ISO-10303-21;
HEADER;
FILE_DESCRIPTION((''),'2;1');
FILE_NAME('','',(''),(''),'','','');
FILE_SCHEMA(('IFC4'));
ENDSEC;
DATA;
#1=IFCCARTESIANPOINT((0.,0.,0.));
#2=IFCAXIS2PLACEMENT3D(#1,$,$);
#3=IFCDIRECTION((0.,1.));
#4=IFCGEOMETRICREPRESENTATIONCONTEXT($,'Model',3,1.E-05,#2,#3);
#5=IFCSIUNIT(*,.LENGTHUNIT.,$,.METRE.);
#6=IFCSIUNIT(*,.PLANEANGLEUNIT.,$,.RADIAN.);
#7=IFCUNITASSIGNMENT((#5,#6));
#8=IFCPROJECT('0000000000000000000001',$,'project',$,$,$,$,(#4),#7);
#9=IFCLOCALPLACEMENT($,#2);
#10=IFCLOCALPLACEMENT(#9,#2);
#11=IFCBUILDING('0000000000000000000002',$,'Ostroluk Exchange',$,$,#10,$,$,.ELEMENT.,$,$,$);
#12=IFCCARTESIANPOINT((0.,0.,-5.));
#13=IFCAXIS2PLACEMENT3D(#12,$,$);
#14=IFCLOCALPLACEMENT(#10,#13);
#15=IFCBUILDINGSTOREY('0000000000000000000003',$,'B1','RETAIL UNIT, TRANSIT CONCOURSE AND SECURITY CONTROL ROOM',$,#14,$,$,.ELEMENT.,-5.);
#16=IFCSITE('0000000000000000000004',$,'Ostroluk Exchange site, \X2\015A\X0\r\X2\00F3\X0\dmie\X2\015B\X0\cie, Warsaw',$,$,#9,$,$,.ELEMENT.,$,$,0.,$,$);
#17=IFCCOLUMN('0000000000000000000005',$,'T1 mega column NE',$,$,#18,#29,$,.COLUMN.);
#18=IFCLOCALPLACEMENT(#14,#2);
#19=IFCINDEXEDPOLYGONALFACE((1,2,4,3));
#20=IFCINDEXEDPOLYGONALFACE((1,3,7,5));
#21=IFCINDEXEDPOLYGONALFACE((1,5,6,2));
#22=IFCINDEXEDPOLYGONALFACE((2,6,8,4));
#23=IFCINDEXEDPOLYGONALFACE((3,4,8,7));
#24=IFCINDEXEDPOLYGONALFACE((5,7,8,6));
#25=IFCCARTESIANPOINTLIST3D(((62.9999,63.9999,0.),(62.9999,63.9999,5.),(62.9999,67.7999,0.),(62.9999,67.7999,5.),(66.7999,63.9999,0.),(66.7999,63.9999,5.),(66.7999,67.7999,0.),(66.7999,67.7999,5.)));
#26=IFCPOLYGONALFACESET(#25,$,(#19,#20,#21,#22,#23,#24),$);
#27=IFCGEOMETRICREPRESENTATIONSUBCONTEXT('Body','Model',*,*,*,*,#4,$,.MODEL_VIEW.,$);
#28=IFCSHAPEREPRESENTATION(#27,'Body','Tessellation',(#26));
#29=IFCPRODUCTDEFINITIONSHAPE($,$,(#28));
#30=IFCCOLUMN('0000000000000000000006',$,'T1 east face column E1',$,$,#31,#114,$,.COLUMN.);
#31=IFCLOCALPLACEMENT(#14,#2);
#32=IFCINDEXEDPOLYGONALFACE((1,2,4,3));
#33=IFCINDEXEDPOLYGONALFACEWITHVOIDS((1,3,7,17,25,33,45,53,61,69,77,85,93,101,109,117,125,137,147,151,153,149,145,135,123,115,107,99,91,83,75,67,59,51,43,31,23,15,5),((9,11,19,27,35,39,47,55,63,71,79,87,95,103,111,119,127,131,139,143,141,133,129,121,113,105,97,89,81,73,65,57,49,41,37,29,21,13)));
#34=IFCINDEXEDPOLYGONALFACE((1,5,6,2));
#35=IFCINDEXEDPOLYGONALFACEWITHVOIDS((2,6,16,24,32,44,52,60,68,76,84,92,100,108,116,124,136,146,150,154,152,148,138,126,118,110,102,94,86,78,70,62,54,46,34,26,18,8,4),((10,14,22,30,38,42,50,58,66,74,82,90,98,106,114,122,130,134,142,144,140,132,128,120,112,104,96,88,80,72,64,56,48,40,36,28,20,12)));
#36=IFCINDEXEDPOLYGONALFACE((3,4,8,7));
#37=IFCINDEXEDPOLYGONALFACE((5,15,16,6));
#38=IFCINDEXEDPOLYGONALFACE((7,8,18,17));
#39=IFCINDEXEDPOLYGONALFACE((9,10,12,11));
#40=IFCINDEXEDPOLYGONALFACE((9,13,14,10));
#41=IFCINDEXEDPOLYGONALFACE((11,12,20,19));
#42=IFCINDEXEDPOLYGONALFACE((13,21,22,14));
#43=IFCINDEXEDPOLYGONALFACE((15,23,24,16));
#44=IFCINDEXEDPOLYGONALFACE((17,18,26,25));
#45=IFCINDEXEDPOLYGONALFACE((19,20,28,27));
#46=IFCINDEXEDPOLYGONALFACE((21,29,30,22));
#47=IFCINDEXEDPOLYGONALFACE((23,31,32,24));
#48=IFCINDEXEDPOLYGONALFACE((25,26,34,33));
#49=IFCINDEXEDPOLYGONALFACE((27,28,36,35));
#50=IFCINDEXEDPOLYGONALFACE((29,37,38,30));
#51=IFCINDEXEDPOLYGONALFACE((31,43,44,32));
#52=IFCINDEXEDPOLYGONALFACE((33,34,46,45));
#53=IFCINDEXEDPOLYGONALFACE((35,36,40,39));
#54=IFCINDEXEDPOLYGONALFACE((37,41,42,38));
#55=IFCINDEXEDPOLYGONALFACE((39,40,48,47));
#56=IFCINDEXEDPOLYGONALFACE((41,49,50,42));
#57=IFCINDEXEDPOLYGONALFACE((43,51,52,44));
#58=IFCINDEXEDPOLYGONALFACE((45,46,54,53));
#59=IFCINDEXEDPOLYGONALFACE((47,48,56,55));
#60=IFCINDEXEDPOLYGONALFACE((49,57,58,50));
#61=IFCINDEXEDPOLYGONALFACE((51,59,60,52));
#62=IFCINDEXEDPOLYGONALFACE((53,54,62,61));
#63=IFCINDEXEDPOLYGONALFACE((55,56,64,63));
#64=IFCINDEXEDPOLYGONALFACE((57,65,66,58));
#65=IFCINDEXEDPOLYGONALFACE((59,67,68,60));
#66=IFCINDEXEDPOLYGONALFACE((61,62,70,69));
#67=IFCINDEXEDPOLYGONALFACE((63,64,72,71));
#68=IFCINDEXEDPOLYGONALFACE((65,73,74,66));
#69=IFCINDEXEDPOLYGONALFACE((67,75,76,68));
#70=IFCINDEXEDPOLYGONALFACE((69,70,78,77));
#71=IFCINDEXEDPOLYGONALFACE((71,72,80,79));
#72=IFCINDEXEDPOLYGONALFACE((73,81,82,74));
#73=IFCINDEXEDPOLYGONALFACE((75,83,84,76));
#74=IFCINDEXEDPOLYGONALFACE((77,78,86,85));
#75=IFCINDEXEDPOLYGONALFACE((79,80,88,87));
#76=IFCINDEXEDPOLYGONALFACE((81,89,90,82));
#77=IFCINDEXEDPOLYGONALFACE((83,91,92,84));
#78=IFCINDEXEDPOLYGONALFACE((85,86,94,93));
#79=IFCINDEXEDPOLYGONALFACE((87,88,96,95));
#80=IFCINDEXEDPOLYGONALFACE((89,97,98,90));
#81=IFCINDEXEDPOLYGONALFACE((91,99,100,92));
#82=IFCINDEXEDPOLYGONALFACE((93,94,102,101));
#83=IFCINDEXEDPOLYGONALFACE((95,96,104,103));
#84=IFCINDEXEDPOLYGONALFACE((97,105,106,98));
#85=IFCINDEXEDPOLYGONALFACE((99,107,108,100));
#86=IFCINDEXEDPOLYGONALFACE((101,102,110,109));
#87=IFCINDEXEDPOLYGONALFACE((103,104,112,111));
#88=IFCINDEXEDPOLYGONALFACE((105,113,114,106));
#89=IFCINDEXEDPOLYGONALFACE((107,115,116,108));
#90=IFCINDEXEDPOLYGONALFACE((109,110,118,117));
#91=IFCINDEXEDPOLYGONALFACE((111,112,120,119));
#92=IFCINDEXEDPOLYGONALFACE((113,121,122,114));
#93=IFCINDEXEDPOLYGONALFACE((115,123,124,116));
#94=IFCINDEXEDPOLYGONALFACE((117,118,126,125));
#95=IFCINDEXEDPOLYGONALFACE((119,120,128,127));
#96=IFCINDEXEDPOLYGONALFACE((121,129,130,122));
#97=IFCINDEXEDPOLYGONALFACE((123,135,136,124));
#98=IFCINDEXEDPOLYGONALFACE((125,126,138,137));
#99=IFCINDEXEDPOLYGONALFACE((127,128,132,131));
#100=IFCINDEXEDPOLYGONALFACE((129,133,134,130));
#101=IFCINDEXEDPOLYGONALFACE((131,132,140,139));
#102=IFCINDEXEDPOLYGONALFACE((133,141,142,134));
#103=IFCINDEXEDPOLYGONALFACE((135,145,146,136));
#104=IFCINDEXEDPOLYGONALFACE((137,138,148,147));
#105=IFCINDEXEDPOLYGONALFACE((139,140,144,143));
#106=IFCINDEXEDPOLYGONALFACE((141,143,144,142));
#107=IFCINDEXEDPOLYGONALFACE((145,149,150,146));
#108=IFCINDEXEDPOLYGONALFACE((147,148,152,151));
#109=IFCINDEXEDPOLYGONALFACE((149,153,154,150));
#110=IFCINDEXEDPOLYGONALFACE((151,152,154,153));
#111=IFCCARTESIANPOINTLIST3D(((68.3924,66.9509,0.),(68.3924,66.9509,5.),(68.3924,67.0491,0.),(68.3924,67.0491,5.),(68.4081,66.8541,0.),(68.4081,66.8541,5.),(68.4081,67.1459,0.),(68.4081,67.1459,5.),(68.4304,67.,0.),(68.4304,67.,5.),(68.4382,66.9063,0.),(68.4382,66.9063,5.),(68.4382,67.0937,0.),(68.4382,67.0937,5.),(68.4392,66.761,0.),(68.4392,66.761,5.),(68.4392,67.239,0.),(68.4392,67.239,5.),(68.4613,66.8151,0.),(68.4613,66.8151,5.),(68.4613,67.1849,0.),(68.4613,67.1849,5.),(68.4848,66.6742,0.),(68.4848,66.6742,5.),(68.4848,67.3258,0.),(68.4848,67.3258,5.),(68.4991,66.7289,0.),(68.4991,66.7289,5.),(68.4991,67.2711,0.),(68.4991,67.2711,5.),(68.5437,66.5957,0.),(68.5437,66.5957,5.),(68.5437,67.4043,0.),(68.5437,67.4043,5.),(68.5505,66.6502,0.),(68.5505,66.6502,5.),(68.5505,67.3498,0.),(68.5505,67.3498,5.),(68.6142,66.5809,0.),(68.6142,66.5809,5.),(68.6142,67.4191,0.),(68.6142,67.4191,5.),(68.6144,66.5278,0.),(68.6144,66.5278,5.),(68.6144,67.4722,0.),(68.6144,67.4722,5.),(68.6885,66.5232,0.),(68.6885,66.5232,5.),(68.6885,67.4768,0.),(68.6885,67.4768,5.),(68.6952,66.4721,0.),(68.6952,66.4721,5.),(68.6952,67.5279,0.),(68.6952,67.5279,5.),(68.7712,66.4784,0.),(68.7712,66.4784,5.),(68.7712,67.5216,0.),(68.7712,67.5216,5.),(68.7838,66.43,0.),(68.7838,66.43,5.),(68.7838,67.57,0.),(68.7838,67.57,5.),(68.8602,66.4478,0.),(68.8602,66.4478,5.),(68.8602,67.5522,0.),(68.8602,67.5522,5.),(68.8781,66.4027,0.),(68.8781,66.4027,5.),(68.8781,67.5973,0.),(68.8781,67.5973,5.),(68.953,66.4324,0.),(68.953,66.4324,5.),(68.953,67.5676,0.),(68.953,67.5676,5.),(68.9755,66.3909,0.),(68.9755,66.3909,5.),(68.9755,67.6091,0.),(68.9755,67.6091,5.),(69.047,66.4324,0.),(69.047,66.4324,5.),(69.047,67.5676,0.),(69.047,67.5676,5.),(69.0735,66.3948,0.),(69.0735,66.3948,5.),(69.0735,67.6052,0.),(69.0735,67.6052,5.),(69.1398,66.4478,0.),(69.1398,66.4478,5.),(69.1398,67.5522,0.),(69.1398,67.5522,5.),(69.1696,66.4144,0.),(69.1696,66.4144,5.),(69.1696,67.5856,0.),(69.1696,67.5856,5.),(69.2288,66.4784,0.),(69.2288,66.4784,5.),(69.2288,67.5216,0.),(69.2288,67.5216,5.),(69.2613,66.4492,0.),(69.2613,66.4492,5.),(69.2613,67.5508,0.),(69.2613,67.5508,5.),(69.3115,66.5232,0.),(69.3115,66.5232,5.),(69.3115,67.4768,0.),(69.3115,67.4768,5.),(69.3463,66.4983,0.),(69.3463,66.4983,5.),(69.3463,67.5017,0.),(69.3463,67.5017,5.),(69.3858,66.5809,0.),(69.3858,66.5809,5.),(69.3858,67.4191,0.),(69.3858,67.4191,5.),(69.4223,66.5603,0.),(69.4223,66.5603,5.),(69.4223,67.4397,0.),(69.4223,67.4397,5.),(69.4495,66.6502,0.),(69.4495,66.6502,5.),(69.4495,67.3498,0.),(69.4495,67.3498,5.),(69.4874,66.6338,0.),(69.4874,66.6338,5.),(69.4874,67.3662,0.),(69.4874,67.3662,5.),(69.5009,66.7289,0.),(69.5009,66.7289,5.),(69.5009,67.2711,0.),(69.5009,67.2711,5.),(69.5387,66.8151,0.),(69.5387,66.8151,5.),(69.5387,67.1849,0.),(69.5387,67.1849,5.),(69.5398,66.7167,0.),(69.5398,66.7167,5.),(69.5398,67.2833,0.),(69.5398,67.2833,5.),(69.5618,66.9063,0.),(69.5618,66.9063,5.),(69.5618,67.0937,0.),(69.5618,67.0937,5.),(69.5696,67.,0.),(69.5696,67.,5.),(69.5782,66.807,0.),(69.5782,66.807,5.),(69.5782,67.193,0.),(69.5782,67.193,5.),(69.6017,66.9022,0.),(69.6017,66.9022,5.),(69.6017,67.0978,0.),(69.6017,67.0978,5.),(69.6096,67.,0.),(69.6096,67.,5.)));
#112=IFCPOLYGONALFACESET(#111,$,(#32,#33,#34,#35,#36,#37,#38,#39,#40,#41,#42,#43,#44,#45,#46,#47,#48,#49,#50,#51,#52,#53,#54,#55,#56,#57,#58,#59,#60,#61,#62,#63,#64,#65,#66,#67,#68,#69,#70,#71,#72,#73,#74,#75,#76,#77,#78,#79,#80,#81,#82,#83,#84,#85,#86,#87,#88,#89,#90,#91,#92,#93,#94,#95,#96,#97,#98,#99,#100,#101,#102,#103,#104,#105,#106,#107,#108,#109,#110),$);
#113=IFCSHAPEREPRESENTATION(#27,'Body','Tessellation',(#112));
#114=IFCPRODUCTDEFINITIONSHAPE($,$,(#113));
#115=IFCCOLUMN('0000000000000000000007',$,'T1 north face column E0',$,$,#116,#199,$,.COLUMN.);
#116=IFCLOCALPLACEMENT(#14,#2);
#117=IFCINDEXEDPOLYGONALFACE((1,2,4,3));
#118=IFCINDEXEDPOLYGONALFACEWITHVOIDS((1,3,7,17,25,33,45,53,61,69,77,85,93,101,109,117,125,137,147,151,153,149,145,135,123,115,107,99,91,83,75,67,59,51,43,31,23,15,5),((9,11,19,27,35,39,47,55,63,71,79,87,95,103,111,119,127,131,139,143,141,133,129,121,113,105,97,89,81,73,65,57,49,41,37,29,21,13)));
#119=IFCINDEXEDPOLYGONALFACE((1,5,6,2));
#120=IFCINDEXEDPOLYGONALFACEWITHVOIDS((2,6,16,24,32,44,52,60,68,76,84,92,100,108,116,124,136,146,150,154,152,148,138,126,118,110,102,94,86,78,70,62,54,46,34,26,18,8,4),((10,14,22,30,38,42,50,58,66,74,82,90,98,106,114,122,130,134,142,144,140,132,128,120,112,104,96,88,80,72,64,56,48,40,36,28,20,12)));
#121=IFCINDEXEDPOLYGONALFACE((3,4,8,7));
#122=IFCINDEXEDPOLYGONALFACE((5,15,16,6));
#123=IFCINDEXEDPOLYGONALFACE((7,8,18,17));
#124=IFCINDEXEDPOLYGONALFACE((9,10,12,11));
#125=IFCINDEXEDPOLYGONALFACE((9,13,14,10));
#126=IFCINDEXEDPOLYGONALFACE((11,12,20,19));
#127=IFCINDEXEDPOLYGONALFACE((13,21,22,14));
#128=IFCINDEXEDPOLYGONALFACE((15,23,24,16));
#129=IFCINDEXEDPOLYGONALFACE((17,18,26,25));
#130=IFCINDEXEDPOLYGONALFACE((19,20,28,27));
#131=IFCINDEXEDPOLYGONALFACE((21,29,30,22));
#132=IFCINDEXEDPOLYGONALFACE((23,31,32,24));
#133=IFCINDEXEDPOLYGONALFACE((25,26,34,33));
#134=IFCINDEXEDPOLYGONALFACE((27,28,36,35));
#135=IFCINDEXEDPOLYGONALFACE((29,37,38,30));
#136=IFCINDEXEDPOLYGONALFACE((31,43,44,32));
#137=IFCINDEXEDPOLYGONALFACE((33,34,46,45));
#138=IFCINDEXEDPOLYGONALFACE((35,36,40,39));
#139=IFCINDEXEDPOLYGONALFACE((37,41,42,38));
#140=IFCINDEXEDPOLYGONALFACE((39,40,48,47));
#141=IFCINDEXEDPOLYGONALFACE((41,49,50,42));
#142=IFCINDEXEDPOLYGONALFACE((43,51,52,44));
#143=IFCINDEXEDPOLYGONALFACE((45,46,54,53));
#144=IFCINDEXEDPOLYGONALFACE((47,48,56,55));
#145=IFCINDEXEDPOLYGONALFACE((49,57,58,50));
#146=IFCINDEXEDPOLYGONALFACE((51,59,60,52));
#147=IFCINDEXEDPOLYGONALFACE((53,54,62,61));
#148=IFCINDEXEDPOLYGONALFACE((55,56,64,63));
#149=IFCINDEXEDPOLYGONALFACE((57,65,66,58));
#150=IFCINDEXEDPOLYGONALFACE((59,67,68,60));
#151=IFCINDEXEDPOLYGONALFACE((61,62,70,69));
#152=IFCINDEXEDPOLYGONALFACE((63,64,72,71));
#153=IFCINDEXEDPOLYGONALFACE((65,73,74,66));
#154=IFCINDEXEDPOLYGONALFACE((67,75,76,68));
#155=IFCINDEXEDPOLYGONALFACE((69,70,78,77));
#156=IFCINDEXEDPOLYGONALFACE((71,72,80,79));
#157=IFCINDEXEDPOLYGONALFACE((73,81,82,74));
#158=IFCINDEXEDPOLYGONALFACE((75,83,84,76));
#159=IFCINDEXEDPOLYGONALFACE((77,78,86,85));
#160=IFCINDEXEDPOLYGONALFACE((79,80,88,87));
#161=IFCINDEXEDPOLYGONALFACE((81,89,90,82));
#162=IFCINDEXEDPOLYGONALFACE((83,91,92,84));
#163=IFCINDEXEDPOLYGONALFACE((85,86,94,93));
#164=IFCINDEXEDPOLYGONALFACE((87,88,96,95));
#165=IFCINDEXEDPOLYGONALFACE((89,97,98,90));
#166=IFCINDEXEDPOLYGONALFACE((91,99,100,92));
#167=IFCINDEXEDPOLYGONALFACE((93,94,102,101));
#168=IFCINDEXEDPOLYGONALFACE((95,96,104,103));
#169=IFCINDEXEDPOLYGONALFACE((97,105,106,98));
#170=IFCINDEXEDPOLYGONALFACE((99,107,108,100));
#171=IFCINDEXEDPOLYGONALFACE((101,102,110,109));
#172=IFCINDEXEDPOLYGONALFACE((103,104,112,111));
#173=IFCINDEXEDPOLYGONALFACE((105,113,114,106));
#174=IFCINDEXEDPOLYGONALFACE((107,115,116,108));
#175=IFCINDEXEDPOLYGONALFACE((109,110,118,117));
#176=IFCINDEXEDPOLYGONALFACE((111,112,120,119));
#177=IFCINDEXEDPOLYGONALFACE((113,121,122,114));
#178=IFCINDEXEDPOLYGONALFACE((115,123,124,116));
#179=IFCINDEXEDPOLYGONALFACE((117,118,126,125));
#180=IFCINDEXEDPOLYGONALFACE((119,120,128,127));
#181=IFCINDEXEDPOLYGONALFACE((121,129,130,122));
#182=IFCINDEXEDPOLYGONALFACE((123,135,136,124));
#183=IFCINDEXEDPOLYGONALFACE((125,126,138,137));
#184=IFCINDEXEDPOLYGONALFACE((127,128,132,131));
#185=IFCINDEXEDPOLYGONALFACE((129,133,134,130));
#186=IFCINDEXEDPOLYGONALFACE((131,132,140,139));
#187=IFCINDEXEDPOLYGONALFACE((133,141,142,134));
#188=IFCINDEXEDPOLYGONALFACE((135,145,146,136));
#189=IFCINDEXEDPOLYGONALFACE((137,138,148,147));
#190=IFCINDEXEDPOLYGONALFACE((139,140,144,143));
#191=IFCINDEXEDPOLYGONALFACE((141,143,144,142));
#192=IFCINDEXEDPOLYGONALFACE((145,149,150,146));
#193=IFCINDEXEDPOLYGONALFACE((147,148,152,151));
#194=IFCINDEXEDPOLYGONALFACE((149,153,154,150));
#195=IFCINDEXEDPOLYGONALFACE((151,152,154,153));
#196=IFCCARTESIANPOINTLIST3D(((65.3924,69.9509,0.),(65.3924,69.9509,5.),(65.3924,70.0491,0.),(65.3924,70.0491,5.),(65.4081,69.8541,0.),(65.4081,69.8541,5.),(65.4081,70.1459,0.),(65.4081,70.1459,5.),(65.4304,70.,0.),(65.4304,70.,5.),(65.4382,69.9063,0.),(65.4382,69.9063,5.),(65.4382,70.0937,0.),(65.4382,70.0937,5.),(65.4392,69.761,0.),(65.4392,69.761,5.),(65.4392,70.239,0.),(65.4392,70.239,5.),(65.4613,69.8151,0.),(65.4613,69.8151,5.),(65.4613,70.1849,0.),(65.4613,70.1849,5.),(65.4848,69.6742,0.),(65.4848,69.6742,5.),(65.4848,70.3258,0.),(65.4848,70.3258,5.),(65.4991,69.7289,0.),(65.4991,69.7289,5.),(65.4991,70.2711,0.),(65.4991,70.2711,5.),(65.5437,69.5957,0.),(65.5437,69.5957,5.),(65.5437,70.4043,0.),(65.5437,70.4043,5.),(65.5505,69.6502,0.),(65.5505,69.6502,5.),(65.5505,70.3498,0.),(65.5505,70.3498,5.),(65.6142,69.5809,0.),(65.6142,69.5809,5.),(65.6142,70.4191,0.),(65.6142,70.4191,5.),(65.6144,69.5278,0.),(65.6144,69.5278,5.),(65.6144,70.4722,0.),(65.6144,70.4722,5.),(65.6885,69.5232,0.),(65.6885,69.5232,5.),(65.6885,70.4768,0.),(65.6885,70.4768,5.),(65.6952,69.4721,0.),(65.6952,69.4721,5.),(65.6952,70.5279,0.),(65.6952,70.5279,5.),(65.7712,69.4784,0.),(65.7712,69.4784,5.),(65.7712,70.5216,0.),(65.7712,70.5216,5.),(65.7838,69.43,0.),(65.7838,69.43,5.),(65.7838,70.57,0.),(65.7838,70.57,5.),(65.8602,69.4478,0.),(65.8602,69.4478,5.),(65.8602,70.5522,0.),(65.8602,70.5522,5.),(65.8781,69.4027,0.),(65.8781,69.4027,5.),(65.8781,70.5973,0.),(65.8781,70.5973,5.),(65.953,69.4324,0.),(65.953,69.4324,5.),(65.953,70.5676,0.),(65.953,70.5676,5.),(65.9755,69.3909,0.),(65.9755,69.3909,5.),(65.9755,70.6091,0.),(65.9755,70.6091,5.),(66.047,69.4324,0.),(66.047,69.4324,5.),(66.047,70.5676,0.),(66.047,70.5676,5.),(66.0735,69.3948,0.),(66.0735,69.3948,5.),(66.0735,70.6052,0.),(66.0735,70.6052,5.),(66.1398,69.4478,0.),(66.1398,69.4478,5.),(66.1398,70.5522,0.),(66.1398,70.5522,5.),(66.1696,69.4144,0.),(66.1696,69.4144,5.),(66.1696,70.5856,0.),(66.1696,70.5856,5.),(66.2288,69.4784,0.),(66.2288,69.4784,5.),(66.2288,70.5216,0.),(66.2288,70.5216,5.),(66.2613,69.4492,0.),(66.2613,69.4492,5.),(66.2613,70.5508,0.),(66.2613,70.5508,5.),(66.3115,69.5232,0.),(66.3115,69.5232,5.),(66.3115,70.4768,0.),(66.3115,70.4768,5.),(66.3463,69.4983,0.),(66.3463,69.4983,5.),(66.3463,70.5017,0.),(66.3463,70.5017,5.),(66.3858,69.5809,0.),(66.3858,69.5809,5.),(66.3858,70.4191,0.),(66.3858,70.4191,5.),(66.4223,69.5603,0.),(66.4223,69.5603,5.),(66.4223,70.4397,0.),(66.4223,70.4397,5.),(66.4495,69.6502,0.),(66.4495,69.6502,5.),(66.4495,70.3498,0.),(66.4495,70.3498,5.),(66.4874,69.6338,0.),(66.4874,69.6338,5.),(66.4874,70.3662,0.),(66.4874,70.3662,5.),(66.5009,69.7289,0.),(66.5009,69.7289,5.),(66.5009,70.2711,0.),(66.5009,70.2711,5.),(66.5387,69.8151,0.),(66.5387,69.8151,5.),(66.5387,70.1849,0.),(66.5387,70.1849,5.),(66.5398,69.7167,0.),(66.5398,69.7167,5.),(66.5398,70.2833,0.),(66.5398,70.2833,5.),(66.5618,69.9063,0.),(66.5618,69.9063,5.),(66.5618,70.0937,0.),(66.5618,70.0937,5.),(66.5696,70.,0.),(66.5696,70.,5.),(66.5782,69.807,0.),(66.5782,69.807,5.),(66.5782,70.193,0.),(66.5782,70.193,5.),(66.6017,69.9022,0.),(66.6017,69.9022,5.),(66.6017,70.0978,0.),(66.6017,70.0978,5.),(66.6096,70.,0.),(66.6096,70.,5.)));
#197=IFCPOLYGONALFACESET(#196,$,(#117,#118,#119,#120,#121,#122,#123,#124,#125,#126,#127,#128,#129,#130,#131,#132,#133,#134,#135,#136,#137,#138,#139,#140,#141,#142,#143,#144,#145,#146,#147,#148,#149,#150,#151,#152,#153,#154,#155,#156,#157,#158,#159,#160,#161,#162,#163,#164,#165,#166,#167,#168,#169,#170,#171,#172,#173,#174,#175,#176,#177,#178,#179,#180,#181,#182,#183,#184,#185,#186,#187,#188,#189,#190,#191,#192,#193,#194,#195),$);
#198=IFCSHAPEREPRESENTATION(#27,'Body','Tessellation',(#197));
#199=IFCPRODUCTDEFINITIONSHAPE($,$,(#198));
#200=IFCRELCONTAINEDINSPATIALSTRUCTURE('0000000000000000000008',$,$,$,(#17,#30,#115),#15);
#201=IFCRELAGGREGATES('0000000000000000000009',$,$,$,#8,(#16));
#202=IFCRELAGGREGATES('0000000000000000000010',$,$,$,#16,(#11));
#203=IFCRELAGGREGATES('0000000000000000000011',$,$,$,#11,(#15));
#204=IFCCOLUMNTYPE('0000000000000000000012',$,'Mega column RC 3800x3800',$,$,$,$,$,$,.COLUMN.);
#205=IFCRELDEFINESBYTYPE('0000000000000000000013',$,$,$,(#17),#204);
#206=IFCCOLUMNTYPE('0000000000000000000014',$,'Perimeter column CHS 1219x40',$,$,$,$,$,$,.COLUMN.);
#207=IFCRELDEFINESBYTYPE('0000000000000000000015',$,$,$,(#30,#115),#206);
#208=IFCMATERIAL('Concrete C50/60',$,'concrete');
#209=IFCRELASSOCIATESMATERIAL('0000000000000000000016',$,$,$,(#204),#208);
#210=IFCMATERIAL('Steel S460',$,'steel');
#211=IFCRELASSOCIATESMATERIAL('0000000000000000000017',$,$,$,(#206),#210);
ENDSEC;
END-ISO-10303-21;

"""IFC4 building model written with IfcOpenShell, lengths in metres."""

from ifc_helpers import new_model, si_unit, direction, frame, origin, origin_2d, place, context, subcontext, project, spatial, rectangle, hollow_circle, extrude, material, material_profile, profile_set, type_object, element, save


model = new_model("IFC4")

# Units and contexts
model_context = context("Model", 3, precision=1e-05, world=origin(), true_north=direction((0.0, 1.0)))
body_context = subcontext(model_context, "Body", "Model", "MODEL_VIEW")
ifc_project = project(units=[si_unit("LENGTHUNIT", "METRE"), si_unit("PLANEANGLEUNIT", "RADIAN")], contexts=[model_context])

# Site, building, storey
site_placement = place(None, origin())
site = spatial("IfcSite", under=ifc_project, at=site_placement, Name="Ostroluk Exchange site, Śródmieście, Warsaw", CompositionType="ELEMENT", RefElevation=0.0)
building_placement = place(site_placement, origin())
building = spatial("IfcBuilding", under=site, at=building_placement, Name="Ostroluk Exchange", CompositionType="ELEMENT")
storey_placement = place(building_placement, frame((0.0, 0.0, -5.0)))
storey = spatial("IfcBuildingStorey", under=building, at=storey_placement, Name="B1", Description="RETAIL UNIT, TRANSIT CONCOURSE AND SECURITY CONTROL ROOM", CompositionType="ELEMENT", Elevation=-5.0)

# Columns
ifc_material_1 = material(Name="Concrete C50/60", Category="concrete")
ifc_material_profile_1 = material_profile(ifc_material_1, rectangle(XDim=3.8, YDim=3.8, at=origin_2d()), Name="RC 3800x3800")
ifc_profile_set_1 = profile_set([ifc_material_profile_1], Name="Concrete C50/60")
column_type_1 = type_object("IfcColumnType", Name="Mega column RC 3800x3800", PredefinedType="COLUMN", material=ifc_profile_set_1)
column_placement = place(storey_placement, frame((64.8999, 65.8999, 0.0), z_axis=(0.0, 0.0, 1.0), x_axis=(1.0, 0.0, 0.0)))
element("IfcColumn", 1, at=column_placement, inside=storey, type_object=column_type_1, Name="T1 mega column NE", PredefinedType="COLUMN", context=body_context, shape_type="SweptSolid", body=[
    extrude(rectangle(XDim=3.8, YDim=3.8, at=origin_2d()), origin(), (0.0, 0.0, 1.0), 5.0),
])
ifc_material_2 = material(Name="Steel S460", Category="steel")
ifc_material_profile_2 = material_profile(ifc_material_2, hollow_circle(Radius=0.6096, WallThickness=0.04, at=origin_2d()), Name="CHS 1219x40")
ifc_profile_set_2 = profile_set([ifc_material_profile_2], Name="Steel S460")
column_type_2 = type_object("IfcColumnType", Name="Perimeter column CHS 1219x40", PredefinedType="COLUMN", material=ifc_profile_set_2)
for number, where, z_axis, x_axis, name in (
    (2, (69.0, 67.0, 0.0), (0.0, 0.0, 1.0), (1.0, 0.0, 0.0), "T1 east face column E1"),
    (3, (66.0, 70.0, 0.0), (0.0, 0.0, 1.0), (1.0, 0.0, 0.0), "T1 north face column E0"),
):
    element("IfcColumn", number, at=place(storey_placement, frame(where, z_axis=z_axis, x_axis=x_axis)), inside=storey, type_object=column_type_2, Name=name, PredefinedType="COLUMN", context=body_context, shape_type="SweptSolid", body=[
        extrude(hollow_circle(Radius=0.6096, WallThickness=0.04, at=origin_2d()), origin(), (0.0, 0.0, 1.0), 5.0),
    ])

save(model, "model.ifc")
